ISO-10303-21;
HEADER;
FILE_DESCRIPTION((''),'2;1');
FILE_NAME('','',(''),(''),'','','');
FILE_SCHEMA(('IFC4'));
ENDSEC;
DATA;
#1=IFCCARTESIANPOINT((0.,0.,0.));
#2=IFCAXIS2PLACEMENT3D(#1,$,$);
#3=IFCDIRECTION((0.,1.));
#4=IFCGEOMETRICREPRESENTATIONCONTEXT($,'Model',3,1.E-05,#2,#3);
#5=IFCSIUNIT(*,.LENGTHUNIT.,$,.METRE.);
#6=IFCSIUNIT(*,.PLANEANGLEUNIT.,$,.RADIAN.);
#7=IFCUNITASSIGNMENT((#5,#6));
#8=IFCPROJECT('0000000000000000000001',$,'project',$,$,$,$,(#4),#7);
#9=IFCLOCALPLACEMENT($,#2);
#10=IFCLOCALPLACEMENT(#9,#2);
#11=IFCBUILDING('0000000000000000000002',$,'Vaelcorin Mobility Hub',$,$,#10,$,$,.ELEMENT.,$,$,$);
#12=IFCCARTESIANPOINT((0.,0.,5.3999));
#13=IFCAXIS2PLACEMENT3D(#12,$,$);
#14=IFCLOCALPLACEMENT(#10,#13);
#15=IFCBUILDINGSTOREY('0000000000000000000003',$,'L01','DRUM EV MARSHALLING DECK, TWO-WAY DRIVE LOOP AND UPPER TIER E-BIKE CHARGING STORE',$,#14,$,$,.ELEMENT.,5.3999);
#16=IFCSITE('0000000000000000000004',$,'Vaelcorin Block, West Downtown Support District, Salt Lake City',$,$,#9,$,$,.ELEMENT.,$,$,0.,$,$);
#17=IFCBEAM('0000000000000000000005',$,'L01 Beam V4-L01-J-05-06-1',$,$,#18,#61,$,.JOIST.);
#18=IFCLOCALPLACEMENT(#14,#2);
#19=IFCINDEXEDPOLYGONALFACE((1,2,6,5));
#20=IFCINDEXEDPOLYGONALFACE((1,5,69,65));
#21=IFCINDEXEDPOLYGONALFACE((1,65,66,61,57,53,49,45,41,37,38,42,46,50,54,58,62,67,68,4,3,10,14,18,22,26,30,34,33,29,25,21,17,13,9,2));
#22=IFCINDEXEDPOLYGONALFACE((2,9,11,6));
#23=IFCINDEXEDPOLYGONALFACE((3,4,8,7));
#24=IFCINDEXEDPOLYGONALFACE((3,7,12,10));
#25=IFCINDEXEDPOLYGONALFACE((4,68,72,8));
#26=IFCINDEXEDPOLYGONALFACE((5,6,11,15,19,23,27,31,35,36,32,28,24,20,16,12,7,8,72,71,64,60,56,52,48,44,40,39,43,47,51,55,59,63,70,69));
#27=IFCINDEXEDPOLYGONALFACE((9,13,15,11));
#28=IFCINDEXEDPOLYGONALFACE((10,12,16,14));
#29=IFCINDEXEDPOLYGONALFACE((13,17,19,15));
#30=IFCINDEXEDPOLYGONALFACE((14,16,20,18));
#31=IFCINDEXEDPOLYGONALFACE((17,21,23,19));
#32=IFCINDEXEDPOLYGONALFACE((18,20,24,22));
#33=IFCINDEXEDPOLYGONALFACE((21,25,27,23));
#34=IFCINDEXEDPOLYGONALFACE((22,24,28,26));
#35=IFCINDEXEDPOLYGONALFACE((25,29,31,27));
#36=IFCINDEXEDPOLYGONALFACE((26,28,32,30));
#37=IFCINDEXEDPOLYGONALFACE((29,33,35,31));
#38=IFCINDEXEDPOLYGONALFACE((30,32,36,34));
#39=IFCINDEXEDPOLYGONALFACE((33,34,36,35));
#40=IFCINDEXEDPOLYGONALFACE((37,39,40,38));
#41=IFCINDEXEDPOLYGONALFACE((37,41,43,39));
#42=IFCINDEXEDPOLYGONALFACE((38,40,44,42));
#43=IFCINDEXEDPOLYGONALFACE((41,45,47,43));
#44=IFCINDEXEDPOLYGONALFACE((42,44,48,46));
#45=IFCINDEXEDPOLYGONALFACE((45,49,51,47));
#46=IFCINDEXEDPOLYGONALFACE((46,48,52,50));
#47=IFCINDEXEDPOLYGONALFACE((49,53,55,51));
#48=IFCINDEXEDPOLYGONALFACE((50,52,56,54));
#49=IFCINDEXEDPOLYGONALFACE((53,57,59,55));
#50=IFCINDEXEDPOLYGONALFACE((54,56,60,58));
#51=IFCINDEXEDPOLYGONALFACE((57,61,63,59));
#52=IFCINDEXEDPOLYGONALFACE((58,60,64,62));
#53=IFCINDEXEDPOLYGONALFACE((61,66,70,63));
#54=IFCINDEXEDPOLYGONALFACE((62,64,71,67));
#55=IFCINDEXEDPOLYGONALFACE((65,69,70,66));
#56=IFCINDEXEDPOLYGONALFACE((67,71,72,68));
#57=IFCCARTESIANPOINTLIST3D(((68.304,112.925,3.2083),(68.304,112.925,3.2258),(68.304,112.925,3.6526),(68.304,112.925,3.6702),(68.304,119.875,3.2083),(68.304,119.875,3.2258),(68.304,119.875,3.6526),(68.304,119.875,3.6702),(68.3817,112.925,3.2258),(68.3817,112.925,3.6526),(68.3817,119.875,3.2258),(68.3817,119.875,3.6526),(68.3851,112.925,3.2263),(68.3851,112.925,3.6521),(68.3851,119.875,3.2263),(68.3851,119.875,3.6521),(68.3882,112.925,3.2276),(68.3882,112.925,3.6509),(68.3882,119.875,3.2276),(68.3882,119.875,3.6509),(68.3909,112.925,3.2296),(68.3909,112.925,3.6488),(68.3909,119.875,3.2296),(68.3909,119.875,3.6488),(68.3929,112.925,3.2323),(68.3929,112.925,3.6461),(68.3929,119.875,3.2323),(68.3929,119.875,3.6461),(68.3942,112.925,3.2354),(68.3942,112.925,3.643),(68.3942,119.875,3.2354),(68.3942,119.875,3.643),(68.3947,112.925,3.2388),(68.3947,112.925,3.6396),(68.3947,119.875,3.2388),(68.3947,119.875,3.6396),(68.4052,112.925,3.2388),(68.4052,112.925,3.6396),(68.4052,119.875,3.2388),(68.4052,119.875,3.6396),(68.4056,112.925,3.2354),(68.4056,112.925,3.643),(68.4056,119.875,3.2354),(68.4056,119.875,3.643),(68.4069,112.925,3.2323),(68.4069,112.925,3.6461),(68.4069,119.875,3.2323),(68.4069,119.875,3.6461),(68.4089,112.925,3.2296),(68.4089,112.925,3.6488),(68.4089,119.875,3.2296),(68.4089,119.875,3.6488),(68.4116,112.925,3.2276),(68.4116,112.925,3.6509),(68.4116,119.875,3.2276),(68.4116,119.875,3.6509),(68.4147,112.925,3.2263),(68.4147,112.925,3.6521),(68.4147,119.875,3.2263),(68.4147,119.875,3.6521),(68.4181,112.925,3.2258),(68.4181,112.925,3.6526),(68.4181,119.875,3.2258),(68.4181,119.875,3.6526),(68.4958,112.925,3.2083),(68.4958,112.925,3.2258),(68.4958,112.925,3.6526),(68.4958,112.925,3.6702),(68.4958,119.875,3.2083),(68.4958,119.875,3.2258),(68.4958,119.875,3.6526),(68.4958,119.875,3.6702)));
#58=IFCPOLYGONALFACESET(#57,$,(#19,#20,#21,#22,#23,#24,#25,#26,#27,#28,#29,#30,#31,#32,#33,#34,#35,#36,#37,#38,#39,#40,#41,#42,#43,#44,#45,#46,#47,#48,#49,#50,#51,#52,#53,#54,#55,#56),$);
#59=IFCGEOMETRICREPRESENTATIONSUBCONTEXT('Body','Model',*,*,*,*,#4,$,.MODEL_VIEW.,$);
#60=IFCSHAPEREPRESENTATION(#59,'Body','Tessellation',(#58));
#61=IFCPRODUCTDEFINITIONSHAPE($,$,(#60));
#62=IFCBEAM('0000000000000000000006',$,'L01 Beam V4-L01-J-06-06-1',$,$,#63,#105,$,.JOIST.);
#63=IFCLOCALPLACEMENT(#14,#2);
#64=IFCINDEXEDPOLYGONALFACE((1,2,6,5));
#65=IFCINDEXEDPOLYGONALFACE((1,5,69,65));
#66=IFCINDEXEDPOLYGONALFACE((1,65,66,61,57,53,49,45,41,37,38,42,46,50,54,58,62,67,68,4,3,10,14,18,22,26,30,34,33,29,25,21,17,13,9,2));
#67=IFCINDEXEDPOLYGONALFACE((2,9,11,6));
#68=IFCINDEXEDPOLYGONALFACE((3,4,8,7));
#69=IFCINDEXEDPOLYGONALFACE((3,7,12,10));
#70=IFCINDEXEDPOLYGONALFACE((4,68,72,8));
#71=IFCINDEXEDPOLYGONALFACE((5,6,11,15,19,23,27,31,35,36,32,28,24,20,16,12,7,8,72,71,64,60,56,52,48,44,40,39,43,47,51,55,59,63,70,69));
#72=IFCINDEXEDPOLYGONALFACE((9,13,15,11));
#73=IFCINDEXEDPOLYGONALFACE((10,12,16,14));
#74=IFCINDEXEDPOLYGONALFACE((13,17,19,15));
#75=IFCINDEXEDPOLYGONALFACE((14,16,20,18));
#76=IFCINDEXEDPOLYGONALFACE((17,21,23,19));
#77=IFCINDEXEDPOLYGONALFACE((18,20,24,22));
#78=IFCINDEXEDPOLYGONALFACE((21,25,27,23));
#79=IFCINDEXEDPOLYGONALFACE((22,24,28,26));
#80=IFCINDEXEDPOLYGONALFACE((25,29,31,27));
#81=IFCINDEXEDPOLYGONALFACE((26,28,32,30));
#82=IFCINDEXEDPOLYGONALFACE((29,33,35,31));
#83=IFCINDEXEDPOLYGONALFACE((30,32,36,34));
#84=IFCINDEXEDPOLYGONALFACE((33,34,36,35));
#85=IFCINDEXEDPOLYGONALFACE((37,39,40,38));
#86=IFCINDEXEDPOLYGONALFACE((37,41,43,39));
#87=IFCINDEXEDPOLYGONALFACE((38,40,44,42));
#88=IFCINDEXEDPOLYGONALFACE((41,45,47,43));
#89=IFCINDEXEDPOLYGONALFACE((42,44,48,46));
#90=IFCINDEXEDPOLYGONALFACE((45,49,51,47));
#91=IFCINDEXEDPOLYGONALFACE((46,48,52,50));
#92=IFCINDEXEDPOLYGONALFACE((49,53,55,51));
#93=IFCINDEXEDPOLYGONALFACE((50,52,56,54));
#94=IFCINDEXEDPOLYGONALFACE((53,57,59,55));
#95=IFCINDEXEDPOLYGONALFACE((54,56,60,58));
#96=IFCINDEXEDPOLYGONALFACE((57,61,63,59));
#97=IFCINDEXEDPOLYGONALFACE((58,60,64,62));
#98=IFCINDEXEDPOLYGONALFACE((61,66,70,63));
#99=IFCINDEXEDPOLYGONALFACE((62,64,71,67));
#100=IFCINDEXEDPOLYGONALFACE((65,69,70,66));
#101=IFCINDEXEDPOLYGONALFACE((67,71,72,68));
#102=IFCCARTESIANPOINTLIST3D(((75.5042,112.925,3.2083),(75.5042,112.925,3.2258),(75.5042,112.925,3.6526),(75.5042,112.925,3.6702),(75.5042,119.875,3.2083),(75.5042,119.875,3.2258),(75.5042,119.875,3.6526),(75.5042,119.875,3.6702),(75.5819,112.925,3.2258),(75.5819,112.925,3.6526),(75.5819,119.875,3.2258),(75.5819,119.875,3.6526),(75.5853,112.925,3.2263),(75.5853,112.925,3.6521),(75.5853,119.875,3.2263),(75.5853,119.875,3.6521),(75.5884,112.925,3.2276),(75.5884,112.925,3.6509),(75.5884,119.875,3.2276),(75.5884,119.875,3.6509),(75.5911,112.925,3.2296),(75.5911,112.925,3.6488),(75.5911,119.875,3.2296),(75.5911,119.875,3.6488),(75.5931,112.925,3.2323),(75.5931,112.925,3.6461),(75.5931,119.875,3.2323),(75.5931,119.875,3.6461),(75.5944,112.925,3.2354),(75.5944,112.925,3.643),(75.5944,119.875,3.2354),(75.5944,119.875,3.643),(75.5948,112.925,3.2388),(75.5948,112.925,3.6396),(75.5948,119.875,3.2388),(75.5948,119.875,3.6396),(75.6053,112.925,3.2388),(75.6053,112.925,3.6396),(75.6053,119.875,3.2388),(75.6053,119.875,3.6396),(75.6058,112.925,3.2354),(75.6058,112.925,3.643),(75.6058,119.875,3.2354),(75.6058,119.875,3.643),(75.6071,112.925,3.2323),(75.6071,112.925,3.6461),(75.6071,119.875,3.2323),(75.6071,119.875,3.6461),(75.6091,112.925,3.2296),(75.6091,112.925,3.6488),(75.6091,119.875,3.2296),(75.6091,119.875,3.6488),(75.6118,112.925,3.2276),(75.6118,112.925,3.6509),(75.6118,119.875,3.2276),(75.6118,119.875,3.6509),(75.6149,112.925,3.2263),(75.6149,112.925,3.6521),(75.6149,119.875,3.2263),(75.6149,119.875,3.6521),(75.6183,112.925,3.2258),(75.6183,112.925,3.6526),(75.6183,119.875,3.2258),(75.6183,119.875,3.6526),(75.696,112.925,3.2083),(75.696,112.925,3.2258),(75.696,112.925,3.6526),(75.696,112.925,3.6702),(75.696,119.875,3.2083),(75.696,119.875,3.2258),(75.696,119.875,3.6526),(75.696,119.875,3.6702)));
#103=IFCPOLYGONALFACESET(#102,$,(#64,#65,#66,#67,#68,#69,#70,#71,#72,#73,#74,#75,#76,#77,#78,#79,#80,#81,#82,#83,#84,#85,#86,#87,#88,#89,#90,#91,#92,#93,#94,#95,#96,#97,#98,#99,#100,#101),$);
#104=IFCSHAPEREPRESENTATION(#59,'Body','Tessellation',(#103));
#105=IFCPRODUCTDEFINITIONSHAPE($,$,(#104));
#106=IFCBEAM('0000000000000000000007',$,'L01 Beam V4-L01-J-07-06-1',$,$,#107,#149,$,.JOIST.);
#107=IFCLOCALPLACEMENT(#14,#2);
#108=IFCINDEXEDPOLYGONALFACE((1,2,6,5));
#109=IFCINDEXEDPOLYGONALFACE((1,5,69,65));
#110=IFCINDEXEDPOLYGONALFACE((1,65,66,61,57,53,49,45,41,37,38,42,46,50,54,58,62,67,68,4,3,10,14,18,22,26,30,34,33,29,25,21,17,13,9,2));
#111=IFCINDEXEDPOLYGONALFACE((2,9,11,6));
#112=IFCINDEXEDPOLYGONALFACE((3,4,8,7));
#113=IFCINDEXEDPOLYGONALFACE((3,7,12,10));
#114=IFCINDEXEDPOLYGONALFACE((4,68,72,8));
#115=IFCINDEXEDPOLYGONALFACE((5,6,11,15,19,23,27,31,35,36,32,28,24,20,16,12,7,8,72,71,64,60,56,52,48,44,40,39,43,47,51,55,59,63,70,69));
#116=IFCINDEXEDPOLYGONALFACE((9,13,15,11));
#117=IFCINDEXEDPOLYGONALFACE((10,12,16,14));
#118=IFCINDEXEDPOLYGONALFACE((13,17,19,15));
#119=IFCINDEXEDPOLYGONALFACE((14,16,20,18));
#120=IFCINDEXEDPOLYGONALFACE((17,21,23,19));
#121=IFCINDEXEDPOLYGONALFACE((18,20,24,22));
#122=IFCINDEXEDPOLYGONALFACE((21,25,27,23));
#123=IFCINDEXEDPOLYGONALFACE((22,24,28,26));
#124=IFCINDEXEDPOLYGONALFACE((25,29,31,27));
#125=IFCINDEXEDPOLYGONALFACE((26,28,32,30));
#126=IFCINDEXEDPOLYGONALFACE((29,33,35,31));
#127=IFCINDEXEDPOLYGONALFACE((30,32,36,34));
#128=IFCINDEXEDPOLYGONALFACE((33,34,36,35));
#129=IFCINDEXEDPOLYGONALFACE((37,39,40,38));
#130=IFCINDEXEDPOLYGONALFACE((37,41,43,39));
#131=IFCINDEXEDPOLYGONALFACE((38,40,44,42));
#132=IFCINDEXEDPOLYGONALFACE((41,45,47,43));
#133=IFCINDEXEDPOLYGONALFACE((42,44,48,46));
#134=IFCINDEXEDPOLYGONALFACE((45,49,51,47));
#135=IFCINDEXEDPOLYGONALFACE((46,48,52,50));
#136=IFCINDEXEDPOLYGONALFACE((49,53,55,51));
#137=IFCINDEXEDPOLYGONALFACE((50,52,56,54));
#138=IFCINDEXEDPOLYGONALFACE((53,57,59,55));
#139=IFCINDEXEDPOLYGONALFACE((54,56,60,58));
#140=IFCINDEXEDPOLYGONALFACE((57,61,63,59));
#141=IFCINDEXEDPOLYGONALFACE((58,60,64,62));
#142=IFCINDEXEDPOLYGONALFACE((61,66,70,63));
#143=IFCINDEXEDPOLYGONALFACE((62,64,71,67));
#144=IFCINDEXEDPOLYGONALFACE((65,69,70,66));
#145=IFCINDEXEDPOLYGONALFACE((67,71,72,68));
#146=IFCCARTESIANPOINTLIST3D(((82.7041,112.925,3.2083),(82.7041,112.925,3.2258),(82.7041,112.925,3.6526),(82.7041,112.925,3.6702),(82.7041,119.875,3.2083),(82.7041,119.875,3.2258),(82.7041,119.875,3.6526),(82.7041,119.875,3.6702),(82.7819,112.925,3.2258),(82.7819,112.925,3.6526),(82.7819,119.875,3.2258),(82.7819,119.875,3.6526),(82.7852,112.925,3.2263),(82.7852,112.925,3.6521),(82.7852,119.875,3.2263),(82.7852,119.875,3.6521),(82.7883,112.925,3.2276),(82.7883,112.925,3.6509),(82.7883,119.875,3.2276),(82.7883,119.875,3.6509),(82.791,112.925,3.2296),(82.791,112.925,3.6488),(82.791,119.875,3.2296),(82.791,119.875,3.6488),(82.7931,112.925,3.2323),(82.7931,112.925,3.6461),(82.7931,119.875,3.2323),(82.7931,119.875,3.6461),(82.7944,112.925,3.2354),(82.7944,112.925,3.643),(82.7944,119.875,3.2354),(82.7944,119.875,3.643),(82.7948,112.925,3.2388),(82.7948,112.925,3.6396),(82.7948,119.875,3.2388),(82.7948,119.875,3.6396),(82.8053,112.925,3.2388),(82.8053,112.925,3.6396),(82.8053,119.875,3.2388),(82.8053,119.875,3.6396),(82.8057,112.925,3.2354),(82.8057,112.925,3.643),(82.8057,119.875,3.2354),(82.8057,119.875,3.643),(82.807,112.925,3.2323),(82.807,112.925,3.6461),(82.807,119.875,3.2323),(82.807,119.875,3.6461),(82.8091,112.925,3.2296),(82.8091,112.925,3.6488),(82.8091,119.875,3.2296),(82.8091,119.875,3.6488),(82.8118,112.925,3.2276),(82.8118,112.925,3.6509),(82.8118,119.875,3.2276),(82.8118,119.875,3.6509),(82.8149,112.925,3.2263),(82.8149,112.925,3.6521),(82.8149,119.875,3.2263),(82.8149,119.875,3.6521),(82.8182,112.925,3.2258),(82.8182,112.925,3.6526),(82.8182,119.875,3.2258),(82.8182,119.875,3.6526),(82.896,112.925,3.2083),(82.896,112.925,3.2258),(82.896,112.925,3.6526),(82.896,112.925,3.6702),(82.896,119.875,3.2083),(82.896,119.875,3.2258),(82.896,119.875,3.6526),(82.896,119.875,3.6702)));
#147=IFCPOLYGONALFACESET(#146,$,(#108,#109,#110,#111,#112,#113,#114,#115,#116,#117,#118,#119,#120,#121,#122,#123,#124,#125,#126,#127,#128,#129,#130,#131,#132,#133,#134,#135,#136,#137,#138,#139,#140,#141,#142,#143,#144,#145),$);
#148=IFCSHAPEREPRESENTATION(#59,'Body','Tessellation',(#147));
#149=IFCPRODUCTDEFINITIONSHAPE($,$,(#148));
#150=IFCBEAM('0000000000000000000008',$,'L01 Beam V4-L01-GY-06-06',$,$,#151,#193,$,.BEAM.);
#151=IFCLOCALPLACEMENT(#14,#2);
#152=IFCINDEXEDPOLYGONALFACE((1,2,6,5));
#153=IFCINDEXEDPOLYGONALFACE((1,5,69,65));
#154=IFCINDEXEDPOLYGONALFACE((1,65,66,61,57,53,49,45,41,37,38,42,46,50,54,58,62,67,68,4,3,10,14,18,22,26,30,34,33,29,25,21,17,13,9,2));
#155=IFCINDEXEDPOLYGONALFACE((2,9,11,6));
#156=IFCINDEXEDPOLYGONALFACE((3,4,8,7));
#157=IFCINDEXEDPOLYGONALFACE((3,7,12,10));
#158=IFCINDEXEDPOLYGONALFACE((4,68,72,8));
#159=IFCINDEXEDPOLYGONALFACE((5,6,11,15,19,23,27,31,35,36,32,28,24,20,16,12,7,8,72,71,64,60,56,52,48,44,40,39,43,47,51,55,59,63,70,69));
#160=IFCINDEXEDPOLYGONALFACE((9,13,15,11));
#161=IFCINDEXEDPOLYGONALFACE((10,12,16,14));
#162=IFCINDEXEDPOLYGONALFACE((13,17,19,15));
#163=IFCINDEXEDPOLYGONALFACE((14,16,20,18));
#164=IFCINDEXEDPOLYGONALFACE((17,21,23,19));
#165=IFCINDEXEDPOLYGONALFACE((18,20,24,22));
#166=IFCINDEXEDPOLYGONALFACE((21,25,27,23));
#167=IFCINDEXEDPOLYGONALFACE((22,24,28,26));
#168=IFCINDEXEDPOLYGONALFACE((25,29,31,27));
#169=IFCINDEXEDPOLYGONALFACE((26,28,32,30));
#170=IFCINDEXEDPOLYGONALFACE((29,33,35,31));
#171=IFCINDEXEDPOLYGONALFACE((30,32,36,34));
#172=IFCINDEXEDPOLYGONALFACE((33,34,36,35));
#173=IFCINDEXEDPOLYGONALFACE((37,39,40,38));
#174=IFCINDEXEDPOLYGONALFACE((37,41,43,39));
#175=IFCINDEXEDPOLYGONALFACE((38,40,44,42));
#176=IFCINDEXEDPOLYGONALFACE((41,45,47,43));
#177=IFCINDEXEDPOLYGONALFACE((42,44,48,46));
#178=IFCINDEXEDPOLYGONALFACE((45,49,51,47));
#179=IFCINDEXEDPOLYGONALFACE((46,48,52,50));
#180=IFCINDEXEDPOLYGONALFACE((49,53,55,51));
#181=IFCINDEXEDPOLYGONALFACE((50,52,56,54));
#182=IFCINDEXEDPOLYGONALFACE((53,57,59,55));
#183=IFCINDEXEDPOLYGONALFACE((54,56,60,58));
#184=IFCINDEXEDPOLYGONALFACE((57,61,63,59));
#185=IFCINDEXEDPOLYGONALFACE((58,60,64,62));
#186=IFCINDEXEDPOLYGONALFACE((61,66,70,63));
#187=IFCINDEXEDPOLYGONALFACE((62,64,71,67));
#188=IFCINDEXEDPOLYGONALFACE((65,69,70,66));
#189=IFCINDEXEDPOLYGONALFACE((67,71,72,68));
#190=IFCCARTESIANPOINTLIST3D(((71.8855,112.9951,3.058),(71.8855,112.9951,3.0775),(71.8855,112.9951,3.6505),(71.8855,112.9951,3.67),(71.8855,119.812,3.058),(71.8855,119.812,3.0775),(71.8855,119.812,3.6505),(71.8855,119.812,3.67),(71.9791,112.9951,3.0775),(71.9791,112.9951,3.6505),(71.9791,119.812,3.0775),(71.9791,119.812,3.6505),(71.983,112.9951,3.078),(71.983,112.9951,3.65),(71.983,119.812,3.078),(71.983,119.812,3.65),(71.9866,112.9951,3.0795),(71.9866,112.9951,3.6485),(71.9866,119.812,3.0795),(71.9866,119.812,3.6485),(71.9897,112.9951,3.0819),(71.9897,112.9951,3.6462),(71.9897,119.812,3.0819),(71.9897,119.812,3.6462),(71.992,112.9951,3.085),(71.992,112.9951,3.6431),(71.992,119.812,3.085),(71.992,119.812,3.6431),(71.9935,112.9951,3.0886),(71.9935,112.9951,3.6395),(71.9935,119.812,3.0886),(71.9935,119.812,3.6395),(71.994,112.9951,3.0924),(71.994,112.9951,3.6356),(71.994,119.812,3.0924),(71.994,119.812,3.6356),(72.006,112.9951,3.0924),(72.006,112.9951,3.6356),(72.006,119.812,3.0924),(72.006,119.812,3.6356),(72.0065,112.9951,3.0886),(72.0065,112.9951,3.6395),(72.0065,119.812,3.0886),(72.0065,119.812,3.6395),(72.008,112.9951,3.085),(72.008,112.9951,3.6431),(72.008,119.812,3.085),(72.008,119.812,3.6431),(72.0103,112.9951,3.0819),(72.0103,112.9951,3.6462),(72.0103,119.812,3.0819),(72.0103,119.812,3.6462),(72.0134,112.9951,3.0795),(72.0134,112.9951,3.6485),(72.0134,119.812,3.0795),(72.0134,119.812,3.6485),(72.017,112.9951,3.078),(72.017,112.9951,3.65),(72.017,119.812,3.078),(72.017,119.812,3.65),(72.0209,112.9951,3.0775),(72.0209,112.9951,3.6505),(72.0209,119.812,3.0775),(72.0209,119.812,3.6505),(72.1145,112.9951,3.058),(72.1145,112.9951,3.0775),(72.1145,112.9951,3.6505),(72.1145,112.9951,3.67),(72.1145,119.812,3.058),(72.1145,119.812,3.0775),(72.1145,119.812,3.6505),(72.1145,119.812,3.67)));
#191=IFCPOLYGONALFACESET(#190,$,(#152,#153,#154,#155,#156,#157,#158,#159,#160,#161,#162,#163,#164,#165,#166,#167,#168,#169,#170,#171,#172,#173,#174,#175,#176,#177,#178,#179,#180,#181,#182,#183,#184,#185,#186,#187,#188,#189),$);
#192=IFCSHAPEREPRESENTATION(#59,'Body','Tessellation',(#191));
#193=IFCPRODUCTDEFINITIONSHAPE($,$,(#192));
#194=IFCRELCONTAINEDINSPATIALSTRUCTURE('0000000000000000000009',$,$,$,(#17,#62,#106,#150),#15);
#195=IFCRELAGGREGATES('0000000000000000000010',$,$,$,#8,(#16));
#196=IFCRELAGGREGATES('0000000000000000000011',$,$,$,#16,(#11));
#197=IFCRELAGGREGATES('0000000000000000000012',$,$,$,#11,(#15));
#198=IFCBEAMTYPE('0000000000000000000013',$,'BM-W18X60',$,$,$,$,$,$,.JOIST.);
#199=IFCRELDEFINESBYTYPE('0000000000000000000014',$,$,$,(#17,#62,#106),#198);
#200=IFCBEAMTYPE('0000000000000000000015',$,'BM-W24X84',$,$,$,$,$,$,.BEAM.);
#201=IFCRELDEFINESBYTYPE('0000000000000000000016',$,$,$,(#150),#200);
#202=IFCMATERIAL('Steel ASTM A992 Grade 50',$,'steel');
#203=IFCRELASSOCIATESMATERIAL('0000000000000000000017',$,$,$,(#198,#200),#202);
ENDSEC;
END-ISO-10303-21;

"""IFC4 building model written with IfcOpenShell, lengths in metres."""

from ifc_helpers import new_model, si_unit, direction, frame, origin, origin_2d, place, context, subcontext, project, spatial, i_section, extrude, material, material_profile, profile_set, type_object, element, save


model = new_model("IFC4")

# Units and contexts
model_context = context("Model", 3, precision=1e-05, world=origin(), true_north=direction((0.0, 1.0)))
body_context = subcontext(model_context, "Body", "Model", "MODEL_VIEW")
ifc_project = project(units=[si_unit("LENGTHUNIT", "METRE"), si_unit("PLANEANGLEUNIT", "RADIAN")], contexts=[model_context])

# Site, building, storey
site_placement = place(None, origin())
site = spatial("IfcSite", under=ifc_project, at=site_placement, Name="Vaelcorin Block, West Downtown Support District, Salt Lake City", CompositionType="ELEMENT", RefElevation=0.0)
building_placement = place(site_placement, origin())
building = spatial("IfcBuilding", under=site, at=building_placement, Name="Vaelcorin Mobility Hub", CompositionType="ELEMENT")
storey_placement = place(building_placement, frame((0.0, 0.0, 5.3999)))
storey = spatial("IfcBuildingStorey", under=building, at=storey_placement, Name="L01", Description="DRUM EV MARSHALLING DECK, TWO-WAY DRIVE LOOP AND UPPER TIER E-BIKE CHARGING STORE", CompositionType="ELEMENT", Elevation=5.3999)

# Shared definitions
ifc_material_1 = material(Name="Steel ASTM A992 Grade 50", Category="steel")

# Beams
ifc_material_profile_1 = material_profile(ifc_material_1, i_section(OverallWidth=0.1919, OverallDepth=0.4619, WebThickness=0.0105, FlangeThickness=0.0176, FilletRadius=0.0129, at=origin_2d()), Name="W18X60")
ifc_profile_set_1 = profile_set([ifc_material_profile_1], Name="Steel ASTM A992 Grade 50")
beam_type_1 = type_object("IfcBeamType", Name="BM-W18X60", PredefinedType="JOIST", material=ifc_profile_set_1)
for number, where, z_axis, x_axis, name in (
    (1, (68.3999, 112.925, 3.4392), (0.0, 1.0, 0.0), (-1.0, 0.0, 0.0), "L01 Beam V4-L01-J-05-06-1"),
    (2, (75.6001, 112.925, 3.4392), (0.0, 1.0, 0.0), (-1.0, 0.0, 0.0), "L01 Beam V4-L01-J-06-06-1"),
    (3, (82.8, 112.925, 3.4392), (0.0, 1.0, 0.0), (-1.0, 0.0, 0.0), "L01 Beam V4-L01-J-07-06-1"),
):
    element("IfcBeam", number, at=place(storey_placement, frame(where, z_axis=z_axis, x_axis=x_axis)), inside=storey, type_object=beam_type_1, Name=name, PredefinedType="JOIST", context=body_context, shape_type="SweptSolid", body=[
        extrude(i_section(OverallWidth=0.1919, OverallDepth=0.4619, WebThickness=0.0105, FlangeThickness=0.0176, FilletRadius=0.0129, at=origin_2d()), origin(), (0.0, 0.0, 1.0), 6.95),
    ])
ifc_material_profile_2 = material_profile(ifc_material_1, i_section(OverallWidth=0.229, OverallDepth=0.6121, WebThickness=0.012, FlangeThickness=0.0195, FilletRadius=0.0149, at=origin_2d()), Name="W24X84")
ifc_profile_set_2 = profile_set([ifc_material_profile_2], Name="Steel ASTM A992 Grade 50")
beam_type_2 = type_object("IfcBeamType", Name="BM-W24X84", PredefinedType="BEAM", material=ifc_profile_set_2)
for number, where, z_axis, x_axis, name in (
    (4, (72.0, 112.9951, 3.364), (0.0, 1.0, 0.0), (-1.0, 0.0, 0.0), "L01 Beam V4-L01-GY-06-06"),
):
    element("IfcBeam", number, at=place(storey_placement, frame(where, z_axis=z_axis, x_axis=x_axis)), inside=storey, type_object=beam_type_2, Name=name, PredefinedType="BEAM", context=body_context, shape_type="SweptSolid", body=[
        extrude(i_section(OverallWidth=0.229, OverallDepth=0.6121, WebThickness=0.012, FlangeThickness=0.0195, FilletRadius=0.0149, at=origin_2d()), origin(), (0.0, 0.0, 1.0), 6.8169),
    ])

save(model, "model.ifc")
